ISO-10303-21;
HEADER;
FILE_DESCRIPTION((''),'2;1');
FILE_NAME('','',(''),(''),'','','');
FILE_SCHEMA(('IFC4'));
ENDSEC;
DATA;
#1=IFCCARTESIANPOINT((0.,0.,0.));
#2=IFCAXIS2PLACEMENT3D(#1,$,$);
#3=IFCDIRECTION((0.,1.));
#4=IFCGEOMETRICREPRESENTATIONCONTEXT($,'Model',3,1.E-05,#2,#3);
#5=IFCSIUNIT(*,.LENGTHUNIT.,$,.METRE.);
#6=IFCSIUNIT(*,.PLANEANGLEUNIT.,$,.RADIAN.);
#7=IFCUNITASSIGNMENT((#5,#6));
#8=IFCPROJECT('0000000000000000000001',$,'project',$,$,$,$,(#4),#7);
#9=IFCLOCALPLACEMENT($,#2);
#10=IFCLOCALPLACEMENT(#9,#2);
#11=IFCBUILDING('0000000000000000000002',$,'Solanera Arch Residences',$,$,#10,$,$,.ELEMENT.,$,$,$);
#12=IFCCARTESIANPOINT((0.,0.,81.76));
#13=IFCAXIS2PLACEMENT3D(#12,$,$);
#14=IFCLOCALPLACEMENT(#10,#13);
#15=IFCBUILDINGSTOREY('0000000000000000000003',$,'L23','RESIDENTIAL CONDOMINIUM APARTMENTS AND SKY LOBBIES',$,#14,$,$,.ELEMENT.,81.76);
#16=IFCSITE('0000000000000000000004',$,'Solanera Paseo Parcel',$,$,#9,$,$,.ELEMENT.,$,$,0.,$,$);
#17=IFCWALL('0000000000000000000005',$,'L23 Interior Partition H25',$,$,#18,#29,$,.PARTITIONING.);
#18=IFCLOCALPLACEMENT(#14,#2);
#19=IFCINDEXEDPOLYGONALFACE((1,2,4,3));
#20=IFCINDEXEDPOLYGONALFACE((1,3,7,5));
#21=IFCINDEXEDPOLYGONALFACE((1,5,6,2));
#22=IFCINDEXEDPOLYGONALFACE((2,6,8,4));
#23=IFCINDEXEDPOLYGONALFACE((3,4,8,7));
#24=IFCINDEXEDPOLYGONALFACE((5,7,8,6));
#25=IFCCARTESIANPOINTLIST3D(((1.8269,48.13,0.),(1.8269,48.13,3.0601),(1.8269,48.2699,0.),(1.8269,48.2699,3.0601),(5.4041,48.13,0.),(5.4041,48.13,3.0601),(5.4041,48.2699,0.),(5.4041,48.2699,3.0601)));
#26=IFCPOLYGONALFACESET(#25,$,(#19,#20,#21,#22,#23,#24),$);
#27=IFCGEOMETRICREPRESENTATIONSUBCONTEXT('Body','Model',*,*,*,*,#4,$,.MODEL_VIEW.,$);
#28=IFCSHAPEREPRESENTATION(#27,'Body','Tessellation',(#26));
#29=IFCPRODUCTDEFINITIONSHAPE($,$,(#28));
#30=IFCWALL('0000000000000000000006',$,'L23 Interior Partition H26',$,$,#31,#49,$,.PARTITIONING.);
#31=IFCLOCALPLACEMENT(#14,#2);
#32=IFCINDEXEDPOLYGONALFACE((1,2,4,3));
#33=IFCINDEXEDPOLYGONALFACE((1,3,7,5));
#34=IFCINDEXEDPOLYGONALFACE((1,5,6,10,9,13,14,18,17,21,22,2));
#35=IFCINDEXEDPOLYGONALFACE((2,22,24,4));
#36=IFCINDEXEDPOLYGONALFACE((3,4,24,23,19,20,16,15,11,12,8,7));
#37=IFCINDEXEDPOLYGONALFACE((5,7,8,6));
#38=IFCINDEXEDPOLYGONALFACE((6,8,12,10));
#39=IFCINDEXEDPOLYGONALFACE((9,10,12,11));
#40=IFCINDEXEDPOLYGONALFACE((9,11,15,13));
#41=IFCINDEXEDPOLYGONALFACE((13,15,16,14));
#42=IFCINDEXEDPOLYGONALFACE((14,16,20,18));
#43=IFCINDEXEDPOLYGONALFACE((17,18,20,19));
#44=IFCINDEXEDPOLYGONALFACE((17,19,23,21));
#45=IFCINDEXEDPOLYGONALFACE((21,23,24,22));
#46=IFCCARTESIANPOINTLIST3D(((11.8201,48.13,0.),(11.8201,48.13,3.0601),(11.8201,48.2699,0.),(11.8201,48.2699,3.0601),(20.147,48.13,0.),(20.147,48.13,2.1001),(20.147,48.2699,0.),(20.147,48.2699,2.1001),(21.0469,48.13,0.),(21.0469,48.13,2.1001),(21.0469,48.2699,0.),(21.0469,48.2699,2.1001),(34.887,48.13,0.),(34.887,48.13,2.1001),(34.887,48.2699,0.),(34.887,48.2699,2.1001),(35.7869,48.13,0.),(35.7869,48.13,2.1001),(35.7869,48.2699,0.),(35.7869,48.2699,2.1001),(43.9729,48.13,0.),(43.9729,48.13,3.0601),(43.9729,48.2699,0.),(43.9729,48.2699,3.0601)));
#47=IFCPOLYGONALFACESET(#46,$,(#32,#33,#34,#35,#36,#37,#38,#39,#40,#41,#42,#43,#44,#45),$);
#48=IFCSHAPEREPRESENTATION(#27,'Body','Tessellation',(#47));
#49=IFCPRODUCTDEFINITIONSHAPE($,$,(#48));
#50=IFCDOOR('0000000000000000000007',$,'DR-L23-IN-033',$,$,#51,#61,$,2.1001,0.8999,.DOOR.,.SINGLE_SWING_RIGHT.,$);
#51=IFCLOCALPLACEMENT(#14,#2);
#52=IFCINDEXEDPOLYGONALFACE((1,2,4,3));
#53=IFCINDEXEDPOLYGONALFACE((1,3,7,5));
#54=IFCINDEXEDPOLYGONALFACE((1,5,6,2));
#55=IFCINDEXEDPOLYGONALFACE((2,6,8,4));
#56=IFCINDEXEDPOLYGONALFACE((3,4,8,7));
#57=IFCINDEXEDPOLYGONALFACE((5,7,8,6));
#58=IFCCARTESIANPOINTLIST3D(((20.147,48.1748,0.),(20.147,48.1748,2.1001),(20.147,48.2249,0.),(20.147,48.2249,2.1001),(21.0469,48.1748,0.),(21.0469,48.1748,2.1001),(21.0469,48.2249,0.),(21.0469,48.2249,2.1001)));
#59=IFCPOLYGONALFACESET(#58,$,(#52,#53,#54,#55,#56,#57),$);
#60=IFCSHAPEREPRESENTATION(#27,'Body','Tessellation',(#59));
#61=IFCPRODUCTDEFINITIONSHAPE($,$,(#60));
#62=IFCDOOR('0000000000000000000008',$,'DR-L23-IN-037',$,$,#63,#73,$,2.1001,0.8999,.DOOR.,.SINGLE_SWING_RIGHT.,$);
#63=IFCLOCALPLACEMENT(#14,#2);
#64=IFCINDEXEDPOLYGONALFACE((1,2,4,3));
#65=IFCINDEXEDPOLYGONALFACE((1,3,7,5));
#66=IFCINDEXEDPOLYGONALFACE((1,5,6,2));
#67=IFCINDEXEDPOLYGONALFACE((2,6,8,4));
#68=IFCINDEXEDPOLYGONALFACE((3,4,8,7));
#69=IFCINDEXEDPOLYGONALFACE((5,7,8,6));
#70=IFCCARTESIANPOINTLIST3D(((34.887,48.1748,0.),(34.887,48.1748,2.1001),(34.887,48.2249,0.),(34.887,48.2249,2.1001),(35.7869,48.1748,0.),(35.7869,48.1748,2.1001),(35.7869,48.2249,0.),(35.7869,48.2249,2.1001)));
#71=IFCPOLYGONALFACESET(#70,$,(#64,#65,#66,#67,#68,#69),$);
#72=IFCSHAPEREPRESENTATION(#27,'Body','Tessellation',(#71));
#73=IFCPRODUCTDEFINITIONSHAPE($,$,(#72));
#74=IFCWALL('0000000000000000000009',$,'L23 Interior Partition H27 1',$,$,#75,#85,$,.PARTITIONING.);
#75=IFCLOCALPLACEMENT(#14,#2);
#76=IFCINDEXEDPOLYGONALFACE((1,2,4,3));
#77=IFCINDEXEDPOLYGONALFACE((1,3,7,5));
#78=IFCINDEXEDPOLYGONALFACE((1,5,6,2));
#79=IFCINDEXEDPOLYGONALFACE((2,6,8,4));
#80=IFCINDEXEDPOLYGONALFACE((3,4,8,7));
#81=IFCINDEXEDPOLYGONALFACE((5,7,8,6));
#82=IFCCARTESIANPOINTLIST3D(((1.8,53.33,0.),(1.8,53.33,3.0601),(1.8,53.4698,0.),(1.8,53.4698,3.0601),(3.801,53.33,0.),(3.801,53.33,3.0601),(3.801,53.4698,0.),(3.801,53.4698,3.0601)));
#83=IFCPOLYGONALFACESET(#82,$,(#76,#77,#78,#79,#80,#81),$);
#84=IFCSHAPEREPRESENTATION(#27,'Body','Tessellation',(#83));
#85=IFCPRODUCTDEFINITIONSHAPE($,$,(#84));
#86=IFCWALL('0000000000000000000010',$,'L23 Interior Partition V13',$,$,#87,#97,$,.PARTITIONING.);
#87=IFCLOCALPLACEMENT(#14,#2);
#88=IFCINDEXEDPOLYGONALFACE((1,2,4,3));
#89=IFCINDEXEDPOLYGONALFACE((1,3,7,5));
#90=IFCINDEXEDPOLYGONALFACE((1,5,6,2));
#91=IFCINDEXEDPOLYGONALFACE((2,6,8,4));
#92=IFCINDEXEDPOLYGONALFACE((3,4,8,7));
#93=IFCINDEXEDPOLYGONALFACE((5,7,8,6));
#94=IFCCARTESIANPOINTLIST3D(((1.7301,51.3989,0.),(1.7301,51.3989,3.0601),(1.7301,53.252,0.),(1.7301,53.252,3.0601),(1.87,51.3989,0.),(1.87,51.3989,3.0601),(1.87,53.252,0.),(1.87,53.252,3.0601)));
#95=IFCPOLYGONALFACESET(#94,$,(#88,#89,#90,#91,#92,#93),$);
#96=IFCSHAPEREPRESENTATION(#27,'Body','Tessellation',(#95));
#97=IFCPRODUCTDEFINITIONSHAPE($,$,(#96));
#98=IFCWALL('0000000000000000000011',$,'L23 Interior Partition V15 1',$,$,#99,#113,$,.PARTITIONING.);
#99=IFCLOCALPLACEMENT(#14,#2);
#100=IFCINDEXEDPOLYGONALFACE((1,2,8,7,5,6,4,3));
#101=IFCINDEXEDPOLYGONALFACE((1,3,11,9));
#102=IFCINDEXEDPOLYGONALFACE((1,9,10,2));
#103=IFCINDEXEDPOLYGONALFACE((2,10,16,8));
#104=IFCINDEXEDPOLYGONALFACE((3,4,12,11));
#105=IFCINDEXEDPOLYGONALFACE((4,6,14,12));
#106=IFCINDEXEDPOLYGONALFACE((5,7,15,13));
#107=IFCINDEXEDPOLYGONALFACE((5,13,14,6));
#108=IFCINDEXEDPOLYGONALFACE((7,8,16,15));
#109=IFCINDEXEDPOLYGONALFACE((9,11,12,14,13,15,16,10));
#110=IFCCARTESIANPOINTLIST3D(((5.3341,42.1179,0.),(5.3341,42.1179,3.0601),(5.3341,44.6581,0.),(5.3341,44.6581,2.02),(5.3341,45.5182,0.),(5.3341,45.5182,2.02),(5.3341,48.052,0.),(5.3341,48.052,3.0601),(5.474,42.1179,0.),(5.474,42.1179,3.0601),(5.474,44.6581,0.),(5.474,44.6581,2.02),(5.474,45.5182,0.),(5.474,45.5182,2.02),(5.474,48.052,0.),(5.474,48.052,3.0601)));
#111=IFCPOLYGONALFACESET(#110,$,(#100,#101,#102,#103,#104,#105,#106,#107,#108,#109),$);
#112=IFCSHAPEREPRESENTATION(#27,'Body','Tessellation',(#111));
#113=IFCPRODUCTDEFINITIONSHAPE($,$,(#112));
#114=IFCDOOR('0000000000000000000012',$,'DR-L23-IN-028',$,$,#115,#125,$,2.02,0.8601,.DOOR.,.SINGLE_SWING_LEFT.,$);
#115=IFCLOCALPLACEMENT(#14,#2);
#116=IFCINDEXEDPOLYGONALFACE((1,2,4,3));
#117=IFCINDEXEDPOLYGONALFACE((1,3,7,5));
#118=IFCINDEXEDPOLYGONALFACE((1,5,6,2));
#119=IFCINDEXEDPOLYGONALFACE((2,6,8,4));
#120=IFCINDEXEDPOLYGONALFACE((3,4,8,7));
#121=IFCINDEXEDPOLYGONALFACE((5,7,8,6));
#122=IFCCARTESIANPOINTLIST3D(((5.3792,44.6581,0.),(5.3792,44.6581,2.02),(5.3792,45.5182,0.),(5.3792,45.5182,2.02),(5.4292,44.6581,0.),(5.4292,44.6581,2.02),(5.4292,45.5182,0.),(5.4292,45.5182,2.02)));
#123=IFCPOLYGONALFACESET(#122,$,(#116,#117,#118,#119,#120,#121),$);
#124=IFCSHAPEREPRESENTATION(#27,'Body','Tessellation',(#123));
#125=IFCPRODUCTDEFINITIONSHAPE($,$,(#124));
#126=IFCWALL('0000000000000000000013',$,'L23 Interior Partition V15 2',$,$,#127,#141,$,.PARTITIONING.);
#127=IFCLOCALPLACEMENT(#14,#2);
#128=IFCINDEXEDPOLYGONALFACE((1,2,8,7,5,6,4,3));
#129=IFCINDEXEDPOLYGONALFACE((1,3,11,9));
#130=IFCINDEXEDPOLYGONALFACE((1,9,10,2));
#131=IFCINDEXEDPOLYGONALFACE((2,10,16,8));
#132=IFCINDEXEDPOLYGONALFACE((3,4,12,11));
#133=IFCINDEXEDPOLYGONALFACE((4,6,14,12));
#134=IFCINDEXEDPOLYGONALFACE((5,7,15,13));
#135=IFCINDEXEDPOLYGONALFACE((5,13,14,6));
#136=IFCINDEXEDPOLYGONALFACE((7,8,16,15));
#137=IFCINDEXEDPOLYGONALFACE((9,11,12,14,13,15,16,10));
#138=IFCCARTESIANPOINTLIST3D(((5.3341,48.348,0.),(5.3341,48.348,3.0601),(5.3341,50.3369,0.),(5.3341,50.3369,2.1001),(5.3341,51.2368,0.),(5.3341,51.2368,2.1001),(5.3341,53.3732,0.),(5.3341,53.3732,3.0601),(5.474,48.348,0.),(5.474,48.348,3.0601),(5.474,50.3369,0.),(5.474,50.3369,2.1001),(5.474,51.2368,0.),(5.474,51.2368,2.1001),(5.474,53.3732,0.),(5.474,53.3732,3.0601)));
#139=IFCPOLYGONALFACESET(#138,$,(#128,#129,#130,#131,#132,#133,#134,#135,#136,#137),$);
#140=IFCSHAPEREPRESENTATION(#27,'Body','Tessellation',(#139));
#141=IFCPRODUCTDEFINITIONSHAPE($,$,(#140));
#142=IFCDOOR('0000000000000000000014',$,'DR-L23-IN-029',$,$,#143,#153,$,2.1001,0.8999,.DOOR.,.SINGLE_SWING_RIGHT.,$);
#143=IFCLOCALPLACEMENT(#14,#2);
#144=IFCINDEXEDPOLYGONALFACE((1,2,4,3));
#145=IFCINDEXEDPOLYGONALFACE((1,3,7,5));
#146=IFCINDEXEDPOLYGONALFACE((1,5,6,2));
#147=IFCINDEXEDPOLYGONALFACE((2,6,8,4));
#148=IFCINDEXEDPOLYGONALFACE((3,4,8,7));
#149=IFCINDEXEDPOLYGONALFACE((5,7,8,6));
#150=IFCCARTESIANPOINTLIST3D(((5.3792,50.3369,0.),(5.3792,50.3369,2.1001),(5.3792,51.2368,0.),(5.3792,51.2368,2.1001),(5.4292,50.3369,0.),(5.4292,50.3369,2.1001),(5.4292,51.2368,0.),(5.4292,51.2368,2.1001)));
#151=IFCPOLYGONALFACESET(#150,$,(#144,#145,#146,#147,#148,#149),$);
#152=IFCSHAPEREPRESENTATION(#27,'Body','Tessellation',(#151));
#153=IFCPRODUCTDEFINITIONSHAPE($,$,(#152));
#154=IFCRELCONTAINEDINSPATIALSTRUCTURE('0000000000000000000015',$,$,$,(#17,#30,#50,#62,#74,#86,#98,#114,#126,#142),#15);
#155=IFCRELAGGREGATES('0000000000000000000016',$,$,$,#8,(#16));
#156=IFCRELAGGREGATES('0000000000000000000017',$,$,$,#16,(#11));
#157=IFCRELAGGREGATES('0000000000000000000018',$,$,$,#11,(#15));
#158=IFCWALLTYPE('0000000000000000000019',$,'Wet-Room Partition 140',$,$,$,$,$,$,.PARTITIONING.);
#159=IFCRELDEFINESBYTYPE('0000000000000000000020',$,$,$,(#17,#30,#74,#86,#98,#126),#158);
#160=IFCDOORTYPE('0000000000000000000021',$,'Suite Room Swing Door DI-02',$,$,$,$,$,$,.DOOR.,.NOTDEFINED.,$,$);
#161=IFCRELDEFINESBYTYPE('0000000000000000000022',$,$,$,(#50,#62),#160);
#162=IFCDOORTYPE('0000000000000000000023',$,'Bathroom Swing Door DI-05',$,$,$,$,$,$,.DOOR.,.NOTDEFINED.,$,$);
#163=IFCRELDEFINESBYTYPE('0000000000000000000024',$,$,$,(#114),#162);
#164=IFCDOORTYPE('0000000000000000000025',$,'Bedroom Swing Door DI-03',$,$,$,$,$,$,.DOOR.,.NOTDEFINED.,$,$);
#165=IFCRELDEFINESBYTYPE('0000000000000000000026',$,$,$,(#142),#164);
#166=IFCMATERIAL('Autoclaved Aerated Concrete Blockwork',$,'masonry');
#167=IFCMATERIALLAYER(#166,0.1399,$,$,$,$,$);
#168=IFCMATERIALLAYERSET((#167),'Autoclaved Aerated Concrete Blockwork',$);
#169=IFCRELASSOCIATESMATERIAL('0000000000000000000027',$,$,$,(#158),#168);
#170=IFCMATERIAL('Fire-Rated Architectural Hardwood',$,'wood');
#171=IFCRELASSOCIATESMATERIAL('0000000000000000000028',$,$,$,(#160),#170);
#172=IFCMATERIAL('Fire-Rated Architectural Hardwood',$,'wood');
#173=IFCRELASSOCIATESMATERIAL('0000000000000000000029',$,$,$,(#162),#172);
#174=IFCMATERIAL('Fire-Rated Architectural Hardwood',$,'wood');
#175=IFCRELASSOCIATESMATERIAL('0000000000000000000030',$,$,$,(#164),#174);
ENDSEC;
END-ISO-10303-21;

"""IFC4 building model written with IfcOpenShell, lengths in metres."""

from ifc_helpers import new_model, si_unit, direction, frame, frame_2d, origin, place, context, subcontext, project, spatial, rectangle, extrude, material, layer, layer_set, type_object, element, fill, save


model = new_model("IFC4")

# Units and contexts
model_context = context("Model", 3, precision=1e-05, world=origin(), true_north=direction((0.0, 1.0)))
body_context = subcontext(model_context, "Body", "Model", "MODEL_VIEW")
ifc_project = project(units=[si_unit("LENGTHUNIT", "METRE"), si_unit("PLANEANGLEUNIT", "RADIAN")], contexts=[model_context])

# Site, building, storey
site_placement = place(None, origin())
site = spatial("IfcSite", under=ifc_project, at=site_placement, Name="Solanera Paseo Parcel", CompositionType="ELEMENT", RefElevation=0.0)
building_placement = place(site_placement, origin())
building = spatial("IfcBuilding", under=site, at=building_placement, Name="Solanera Arch Residences", CompositionType="ELEMENT")
storey_placement = place(building_placement, frame((0.0, 0.0, 81.76)))
storey = spatial("IfcBuildingStorey", under=building, at=storey_placement, Name="L23", Description="RESIDENTIAL CONDOMINIUM APARTMENTS AND SKY LOBBIES", CompositionType="ELEMENT", Elevation=81.76)

# Wall
ifc_material_1 = material(Name="Autoclaved Aerated Concrete Blockwork", Category="masonry")
ifc_layer_1 = layer(ifc_material_1, 0.1399)
ifc_layer_set_1 = layer_set([ifc_layer_1], Name="Autoclaved Aerated Concrete Blockwork")
wall_type_1 = type_object("IfcWallType", Name="Wet-Room Partition 140", PredefinedType="PARTITIONING", material=ifc_layer_set_1)
wall_1_placement = place(storey_placement, frame((1.8269, 48.2, 0.0), z_axis=(0.0, 0.0, 1.0), x_axis=(1.0, 0.0, 0.0)))
element("IfcWall", 1, at=wall_1_placement, inside=storey, type_object=wall_type_1, Name="L23 Interior Partition H25", PredefinedType="PARTITIONING", context=body_context, shape_type="SweptSolid", body=[
    extrude(rectangle(XDim=3.5771, YDim=0.1399, at=frame_2d((1.7886, 0.0))), origin(), (0.0, 0.0, 1.0), 3.0601),
])

# Wall, openings, doors
wall_2_placement = place(storey_placement, frame((11.8201, 48.2, 0.0), z_axis=(0.0, 0.0, 1.0), x_axis=(1.0, 0.0, 0.0)))
wall_2 = element("IfcWall", 2, at=wall_2_placement, inside=storey, type_object=wall_type_1, Name="L23 Interior Partition H26", PredefinedType="PARTITIONING", context=body_context, shape_type="SweptSolid", body=[
    extrude(rectangle(XDim=32.1528, YDim=0.1399, at=frame_2d((16.0764, 0.0))), origin(), (0.0, 0.0, 1.0), 3.0601),
])
opening_1_placement = place(wall_2_placement, frame((8.3269, 0.0, 0.0)))
opening_1 = element("IfcOpeningElement", 3, at=opening_1_placement, cuts=wall_2, PredefinedType="OPENING", context=body_context, shape_type="SweptSolid", body=[
    extrude(rectangle(XDim=0.8999, YDim=2.1001, at=frame_2d((0.45, 1.05))), frame((0.0, 0.0798, 0.0), z_axis=(0.0, -1.0, 0.0), x_axis=(1.0, 0.0, 0.0)), (0.0, 0.0, 1.0), 0.1599),
])
opening_2_placement = place(wall_2_placement, frame((23.0669, 0.0, 0.0)))
opening_2 = element("IfcOpeningElement", 4, at=opening_2_placement, cuts=wall_2, PredefinedType="OPENING", context=body_context, shape_type="SweptSolid", body=[
    extrude(rectangle(XDim=0.8999, YDim=2.1001, at=frame_2d((0.45, 1.05))), frame((0.0, 0.0798, 0.0), z_axis=(0.0, -1.0, 0.0), x_axis=(1.0, 0.0, 0.0)), (0.0, 0.0, 1.0), 0.1599),
])
ifc_material_2 = material(Name="Fire-Rated Architectural Hardwood", Category="wood")
door_type_1 = type_object("IfcDoorType", Name="Suite Room Swing Door DI-02", OperationType="NOTDEFINED", PredefinedType="DOOR", material=ifc_material_2)
door_1_placement = place(opening_1_placement, origin())
door_1 = element("IfcDoor", 5, at=door_1_placement, inside=storey, type_object=door_type_1, Name="DR-L23-IN-033", OperationType="SINGLE_SWING_RIGHT", OverallHeight=2.1001, OverallWidth=0.8999, PredefinedType="DOOR", context=body_context, shape_type="SweptSolid", body=[
    extrude(rectangle(XDim=0.8999, YDim=2.1001, at=frame_2d((0.45, 1.05))), frame((0.0, 0.0249, 0.0), z_axis=(0.0, -1.0, 0.0), x_axis=(1.0, 0.0, 0.0)), (0.0, 0.0, 1.0), 0.05),
])
fill(opening_1, door_1)
door_2_placement = place(opening_2_placement, origin())
door_2 = element("IfcDoor", 6, at=door_2_placement, inside=storey, type_object=door_type_1, Name="DR-L23-IN-037", OperationType="SINGLE_SWING_RIGHT", OverallHeight=2.1001, OverallWidth=0.8999, PredefinedType="DOOR", context=body_context, shape_type="SweptSolid", body=[
    extrude(rectangle(XDim=0.8999, YDim=2.1001, at=frame_2d((0.45, 1.05))), frame((0.0, 0.0249, 0.0), z_axis=(0.0, -1.0, 0.0), x_axis=(1.0, 0.0, 0.0)), (0.0, 0.0, 1.0), 0.05),
])
fill(opening_2, door_2)

# Walls
wall_3_placement = place(storey_placement, frame((1.8, 53.3999, 0.0), z_axis=(0.0, 0.0, 1.0), x_axis=(1.0, 0.0, 0.0)))
element("IfcWall", 7, at=wall_3_placement, inside=storey, type_object=wall_type_1, Name="L23 Interior Partition H27 1", PredefinedType="PARTITIONING", context=body_context, shape_type="SweptSolid", body=[
    extrude(rectangle(XDim=2.001, YDim=0.1399, at=frame_2d((1.0005, 0.0))), origin(), (0.0, 0.0, 1.0), 3.0601),
])
wall_4_placement = place(storey_placement, frame((1.8, 51.3989, 0.0), z_axis=(0.0, 0.0, 1.0), x_axis=(0.0, 1.0, 0.0)))
element("IfcWall", 8, at=wall_4_placement, inside=storey, type_object=wall_type_1, Name="L23 Interior Partition V13", PredefinedType="PARTITIONING", context=body_context, shape_type="SweptSolid", body=[
    extrude(rectangle(XDim=1.853, YDim=0.1399, at=frame_2d((0.9265, 0.0))), origin(), (0.0, 0.0, 1.0), 3.0601),
])

# Walls, openings, doors
wall_5_placement = place(storey_placement, frame((5.4041, 42.1179, 0.0), z_axis=(0.0, 0.0, 1.0), x_axis=(0.0, 1.0, 0.0)))
wall_5 = element("IfcWall", 9, at=wall_5_placement, inside=storey, type_object=wall_type_1, Name="L23 Interior Partition V15 1", PredefinedType="PARTITIONING", context=body_context, shape_type="SweptSolid", body=[
    extrude(rectangle(XDim=5.9341, YDim=0.1399, at=frame_2d((2.967, 0.0))), origin(), (0.0, 0.0, 1.0), 3.0601),
])
opening_3_placement = place(wall_5_placement, frame((2.54, 0.0, 0.0)))
opening_3 = element("IfcOpeningElement", 10, at=opening_3_placement, cuts=wall_5, PredefinedType="OPENING", context=body_context, shape_type="SweptSolid", body=[
    extrude(rectangle(XDim=0.8601, YDim=2.02, at=frame_2d((0.4302, 1.01))), frame((0.0, 0.0798, 0.0), z_axis=(0.0, -1.0, 0.0), x_axis=(1.0, 0.0, 0.0)), (0.0, 0.0, 1.0), 0.1599),
])
ifc_material_3 = material(Name="Fire-Rated Architectural Hardwood", Category="wood")
door_type_2 = type_object("IfcDoorType", Name="Bathroom Swing Door DI-05", OperationType="NOTDEFINED", PredefinedType="DOOR", material=ifc_material_3)
door_3_placement = place(opening_3_placement, origin())
door_3 = element("IfcDoor", 11, at=door_3_placement, inside=storey, type_object=door_type_2, Name="DR-L23-IN-028", OperationType="SINGLE_SWING_LEFT", OverallHeight=2.02, OverallWidth=0.8601, PredefinedType="DOOR", context=body_context, shape_type="SweptSolid", body=[
    extrude(rectangle(XDim=0.8601, YDim=2.02, at=frame_2d((0.4302, 1.01))), frame((0.0, 0.0249, 0.0), z_axis=(0.0, -1.0, 0.0), x_axis=(1.0, 0.0, 0.0)), (0.0, 0.0, 1.0), 0.05),
])
fill(opening_3, door_3)
wall_6_placement = place(storey_placement, frame((5.4041, 48.3479, 0.0), z_axis=(0.0, 0.0, 1.0), x_axis=(0.0, 1.0, 0.0)))
wall_6 = element("IfcWall", 12, at=wall_6_placement, inside=storey, type_object=wall_type_1, Name="L23 Interior Partition V15 2", PredefinedType="PARTITIONING", context=body_context, shape_type="SweptSolid", body=[
    extrude(rectangle(XDim=5.0251, YDim=0.1399, at=frame_2d((2.5127, 0.0))), origin(), (0.0, 0.0, 1.0), 3.0601),
])
opening_4_placement = place(wall_6_placement, frame((1.989, 0.0, 0.0)))
opening_4 = element("IfcOpeningElement", 13, at=opening_4_placement, cuts=wall_6, PredefinedType="OPENING", context=body_context, shape_type="SweptSolid", body=[
    extrude(rectangle(XDim=0.8999, YDim=2.1001, at=frame_2d((0.45, 1.05))), frame((0.0, 0.0798, 0.0), z_axis=(0.0, -1.0, 0.0), x_axis=(1.0, 0.0, 0.0)), (0.0, 0.0, 1.0), 0.1599),
])
ifc_material_4 = material(Name="Fire-Rated Architectural Hardwood", Category="wood")
door_type_3 = type_object("IfcDoorType", Name="Bedroom Swing Door DI-03", OperationType="NOTDEFINED", PredefinedType="DOOR", material=ifc_material_4)
door_4_placement = place(opening_4_placement, origin())
door_4 = element("IfcDoor", 14, at=door_4_placement, inside=storey, type_object=door_type_3, Name="DR-L23-IN-029", OperationType="SINGLE_SWING_RIGHT", OverallHeight=2.1001, OverallWidth=0.8999, PredefinedType="DOOR", context=body_context, shape_type="SweptSolid", body=[
    extrude(rectangle(XDim=0.8999, YDim=2.1001, at=frame_2d((0.45, 1.05))), frame((0.0, 0.0249, 0.0), z_axis=(0.0, -1.0, 0.0), x_axis=(1.0, 0.0, 0.0)), (0.0, 0.0, 1.0), 0.05),
])
fill(opening_4, door_4)

save(model, "model.ifc")
